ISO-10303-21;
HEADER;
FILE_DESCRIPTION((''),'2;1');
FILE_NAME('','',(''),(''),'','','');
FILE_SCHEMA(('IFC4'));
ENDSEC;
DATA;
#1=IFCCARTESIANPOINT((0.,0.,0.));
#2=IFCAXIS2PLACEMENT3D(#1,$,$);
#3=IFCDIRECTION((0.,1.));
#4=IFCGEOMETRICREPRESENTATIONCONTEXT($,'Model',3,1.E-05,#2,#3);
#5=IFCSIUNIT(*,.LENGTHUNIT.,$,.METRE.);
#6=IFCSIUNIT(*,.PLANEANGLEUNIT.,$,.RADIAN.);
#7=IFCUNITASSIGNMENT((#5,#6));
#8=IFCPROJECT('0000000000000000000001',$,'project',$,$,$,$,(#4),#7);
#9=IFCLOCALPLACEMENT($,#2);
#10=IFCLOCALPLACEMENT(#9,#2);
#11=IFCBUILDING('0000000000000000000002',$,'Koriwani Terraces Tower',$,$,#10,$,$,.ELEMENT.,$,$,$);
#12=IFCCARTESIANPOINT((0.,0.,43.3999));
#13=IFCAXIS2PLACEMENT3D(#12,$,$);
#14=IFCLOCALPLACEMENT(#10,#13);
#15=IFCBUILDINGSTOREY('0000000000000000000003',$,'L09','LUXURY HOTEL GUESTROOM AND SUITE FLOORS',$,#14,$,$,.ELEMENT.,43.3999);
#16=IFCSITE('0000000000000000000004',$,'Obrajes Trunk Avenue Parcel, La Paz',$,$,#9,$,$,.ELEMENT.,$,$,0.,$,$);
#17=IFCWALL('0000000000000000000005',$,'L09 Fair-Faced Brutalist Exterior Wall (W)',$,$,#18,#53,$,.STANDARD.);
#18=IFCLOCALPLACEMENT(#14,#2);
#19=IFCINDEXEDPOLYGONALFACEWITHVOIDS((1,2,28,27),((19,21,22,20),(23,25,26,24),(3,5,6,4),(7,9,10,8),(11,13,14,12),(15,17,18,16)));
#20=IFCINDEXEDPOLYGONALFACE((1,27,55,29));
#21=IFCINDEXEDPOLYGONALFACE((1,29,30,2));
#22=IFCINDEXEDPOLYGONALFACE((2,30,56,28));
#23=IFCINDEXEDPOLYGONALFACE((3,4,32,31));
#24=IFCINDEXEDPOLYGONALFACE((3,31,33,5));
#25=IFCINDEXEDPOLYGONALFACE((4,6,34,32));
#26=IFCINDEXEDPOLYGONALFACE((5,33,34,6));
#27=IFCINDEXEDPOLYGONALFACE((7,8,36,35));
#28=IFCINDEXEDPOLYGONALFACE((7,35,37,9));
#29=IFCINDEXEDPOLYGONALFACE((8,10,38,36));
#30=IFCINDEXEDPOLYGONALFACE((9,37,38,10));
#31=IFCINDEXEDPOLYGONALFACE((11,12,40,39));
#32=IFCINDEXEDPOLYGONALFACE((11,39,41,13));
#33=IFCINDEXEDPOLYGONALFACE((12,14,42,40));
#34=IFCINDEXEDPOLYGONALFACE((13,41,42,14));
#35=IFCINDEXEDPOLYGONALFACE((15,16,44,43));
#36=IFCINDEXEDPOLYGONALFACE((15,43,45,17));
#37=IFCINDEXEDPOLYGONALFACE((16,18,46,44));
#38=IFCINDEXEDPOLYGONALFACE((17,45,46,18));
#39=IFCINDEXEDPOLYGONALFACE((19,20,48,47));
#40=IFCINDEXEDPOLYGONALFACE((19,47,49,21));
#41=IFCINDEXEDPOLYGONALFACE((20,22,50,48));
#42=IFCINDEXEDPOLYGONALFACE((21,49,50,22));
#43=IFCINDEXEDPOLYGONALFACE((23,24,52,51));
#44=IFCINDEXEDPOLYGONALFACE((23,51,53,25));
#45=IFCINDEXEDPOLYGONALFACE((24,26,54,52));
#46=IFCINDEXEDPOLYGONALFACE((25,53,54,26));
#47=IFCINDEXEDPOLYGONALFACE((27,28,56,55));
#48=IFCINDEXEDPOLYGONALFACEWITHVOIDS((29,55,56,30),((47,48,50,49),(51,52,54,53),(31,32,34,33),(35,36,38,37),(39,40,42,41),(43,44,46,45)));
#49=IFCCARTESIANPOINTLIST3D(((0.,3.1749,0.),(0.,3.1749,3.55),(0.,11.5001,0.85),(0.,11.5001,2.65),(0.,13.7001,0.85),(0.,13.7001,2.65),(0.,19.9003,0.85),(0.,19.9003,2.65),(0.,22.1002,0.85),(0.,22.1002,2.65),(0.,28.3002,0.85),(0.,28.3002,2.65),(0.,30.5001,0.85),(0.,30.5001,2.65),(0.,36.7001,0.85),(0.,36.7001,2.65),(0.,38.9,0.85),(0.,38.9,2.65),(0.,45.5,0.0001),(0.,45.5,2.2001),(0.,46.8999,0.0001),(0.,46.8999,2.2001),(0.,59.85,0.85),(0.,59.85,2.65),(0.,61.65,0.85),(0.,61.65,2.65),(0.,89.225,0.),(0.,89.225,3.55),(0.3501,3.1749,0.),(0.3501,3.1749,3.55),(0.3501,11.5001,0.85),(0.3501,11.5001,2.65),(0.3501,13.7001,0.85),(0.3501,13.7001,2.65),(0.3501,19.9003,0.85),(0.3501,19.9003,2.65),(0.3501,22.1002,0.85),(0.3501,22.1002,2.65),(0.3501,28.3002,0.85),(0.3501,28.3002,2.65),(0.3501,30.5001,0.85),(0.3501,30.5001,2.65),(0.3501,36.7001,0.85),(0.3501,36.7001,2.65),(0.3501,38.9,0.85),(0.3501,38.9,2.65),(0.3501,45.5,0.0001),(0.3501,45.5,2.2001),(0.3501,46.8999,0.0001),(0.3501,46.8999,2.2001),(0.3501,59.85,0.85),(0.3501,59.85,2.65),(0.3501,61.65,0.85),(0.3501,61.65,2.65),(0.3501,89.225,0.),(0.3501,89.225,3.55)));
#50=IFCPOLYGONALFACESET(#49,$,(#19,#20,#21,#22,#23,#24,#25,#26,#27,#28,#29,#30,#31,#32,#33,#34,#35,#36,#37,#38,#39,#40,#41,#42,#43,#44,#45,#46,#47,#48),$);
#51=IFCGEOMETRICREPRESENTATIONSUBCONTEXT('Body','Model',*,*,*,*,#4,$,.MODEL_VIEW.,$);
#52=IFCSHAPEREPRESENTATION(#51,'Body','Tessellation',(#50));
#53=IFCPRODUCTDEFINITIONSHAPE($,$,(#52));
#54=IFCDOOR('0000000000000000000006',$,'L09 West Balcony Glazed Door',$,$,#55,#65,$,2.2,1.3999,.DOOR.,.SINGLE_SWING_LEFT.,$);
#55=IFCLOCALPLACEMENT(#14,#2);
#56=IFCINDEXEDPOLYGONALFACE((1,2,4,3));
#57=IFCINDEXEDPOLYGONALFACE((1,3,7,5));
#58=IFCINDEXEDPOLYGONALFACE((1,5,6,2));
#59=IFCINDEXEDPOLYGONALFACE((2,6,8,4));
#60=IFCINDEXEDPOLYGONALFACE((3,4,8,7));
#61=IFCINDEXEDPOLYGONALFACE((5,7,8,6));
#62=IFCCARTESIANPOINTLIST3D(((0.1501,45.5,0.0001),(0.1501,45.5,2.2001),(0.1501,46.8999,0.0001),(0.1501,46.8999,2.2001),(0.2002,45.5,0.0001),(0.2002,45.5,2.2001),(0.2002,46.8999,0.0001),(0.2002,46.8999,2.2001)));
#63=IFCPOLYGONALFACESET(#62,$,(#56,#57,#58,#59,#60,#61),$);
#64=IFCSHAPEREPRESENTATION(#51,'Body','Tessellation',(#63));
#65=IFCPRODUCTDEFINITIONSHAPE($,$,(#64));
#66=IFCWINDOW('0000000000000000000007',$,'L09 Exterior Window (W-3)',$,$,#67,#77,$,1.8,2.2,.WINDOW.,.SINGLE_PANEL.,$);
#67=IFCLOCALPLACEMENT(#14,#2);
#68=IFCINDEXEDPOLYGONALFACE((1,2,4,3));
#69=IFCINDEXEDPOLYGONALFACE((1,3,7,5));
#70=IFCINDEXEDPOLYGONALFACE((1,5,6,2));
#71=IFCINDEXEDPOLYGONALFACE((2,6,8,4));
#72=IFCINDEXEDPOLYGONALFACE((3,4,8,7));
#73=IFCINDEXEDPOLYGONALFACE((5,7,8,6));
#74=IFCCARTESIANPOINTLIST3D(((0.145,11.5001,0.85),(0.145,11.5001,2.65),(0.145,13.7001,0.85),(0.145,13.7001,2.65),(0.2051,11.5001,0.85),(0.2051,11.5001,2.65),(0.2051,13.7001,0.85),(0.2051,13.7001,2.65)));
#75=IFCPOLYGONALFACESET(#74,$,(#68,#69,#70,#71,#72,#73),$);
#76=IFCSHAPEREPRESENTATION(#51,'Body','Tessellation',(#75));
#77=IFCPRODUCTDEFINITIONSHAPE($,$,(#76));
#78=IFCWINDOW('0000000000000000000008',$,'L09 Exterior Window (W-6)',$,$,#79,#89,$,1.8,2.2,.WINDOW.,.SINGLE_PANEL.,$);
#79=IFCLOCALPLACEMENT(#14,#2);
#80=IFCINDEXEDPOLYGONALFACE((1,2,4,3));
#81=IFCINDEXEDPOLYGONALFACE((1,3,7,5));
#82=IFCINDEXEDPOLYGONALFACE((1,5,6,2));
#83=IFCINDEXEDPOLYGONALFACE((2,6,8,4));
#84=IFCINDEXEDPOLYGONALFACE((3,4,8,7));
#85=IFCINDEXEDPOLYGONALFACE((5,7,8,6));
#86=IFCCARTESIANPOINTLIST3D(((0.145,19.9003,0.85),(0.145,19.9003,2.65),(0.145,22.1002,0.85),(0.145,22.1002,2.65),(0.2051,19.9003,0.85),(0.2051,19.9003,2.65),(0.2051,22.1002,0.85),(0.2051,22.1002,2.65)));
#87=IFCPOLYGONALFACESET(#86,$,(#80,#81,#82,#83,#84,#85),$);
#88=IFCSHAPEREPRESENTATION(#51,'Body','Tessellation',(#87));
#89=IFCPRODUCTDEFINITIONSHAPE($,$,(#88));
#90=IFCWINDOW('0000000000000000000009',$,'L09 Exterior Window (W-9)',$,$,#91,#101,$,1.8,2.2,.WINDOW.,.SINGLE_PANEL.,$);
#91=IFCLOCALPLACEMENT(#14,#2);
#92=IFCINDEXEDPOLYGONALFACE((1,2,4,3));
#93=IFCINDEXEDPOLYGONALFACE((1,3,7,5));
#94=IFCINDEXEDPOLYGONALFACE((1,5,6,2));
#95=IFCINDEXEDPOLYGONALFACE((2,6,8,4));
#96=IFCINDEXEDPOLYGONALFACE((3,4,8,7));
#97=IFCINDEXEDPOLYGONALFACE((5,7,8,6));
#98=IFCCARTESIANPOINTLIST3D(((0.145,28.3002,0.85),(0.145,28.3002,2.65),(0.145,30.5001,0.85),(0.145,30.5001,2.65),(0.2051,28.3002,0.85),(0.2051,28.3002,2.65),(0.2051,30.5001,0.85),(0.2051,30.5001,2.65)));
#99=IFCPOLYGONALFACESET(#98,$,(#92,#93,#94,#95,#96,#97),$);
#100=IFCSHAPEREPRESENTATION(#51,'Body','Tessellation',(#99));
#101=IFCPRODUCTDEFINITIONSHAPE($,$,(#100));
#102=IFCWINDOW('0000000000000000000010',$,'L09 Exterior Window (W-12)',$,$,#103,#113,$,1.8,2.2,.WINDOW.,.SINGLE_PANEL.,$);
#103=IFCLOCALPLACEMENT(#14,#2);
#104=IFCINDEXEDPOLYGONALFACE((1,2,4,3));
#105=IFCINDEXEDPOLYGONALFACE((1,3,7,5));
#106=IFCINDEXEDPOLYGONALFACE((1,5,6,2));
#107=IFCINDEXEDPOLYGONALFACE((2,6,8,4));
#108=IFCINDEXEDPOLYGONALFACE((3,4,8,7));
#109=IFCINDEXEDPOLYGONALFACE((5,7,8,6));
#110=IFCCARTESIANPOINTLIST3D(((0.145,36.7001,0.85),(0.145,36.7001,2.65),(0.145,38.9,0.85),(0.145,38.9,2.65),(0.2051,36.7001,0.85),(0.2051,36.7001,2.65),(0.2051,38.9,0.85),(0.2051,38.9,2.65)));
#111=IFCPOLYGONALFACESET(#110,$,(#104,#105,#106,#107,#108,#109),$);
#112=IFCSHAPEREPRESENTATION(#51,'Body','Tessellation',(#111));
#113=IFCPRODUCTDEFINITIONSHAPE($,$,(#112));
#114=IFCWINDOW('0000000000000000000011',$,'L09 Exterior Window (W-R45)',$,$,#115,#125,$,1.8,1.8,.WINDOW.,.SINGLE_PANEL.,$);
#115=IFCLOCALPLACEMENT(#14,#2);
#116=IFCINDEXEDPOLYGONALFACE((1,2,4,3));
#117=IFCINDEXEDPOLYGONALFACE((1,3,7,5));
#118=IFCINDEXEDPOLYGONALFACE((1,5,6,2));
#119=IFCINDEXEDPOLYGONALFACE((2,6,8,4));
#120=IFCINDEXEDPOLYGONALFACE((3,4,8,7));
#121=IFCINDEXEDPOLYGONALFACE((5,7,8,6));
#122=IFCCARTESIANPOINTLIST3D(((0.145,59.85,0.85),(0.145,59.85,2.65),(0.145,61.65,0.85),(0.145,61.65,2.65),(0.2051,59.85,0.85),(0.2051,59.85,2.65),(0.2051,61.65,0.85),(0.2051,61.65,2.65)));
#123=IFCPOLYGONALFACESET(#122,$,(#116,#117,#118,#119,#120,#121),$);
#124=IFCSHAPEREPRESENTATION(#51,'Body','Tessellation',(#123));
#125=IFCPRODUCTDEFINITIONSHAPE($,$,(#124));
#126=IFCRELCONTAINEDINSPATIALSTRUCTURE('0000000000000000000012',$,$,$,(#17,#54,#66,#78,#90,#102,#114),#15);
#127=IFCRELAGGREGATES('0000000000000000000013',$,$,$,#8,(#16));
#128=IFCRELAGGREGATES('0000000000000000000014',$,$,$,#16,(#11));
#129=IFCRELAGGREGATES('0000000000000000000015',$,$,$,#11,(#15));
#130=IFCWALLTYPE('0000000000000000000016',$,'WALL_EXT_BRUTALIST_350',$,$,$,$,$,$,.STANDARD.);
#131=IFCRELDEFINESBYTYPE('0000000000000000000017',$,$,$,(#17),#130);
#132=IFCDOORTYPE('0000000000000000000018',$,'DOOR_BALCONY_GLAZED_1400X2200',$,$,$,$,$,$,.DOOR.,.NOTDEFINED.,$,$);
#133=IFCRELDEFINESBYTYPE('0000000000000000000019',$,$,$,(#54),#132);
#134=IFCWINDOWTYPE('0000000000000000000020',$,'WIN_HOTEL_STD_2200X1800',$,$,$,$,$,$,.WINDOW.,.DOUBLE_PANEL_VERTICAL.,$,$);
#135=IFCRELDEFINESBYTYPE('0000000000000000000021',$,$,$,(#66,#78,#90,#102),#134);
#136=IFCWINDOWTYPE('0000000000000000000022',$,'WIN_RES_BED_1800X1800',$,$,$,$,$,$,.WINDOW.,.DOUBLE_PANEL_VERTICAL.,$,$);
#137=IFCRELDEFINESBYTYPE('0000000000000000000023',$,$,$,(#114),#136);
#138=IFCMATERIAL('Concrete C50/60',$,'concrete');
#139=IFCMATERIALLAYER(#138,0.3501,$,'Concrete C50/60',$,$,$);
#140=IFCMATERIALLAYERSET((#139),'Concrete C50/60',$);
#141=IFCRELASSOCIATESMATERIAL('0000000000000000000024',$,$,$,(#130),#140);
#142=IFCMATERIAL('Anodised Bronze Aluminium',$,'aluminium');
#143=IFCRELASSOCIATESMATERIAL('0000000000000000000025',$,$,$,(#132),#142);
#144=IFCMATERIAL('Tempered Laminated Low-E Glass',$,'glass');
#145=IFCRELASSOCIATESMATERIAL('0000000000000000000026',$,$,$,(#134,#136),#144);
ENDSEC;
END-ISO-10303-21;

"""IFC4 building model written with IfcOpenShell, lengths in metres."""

from ifc_helpers import new_model, si_unit, direction, frame, frame_2d, origin, place, context, subcontext, project, spatial, rectangle, extrude, material, layer, layer_set, type_object, element, fill, save


model = new_model("IFC4")

# Units and contexts
model_context = context("Model", 3, precision=1e-05, world=origin(), true_north=direction((0.0, 1.0)))
body_context = subcontext(model_context, "Body", "Model", "MODEL_VIEW")
ifc_project = project(units=[si_unit("LENGTHUNIT", "METRE"), si_unit("PLANEANGLEUNIT", "RADIAN")], contexts=[model_context])

# Site, building, storey
site_placement = place(None, origin())
site = spatial("IfcSite", under=ifc_project, at=site_placement, Name="Obrajes Trunk Avenue Parcel, La Paz", CompositionType="ELEMENT", RefElevation=0.0)
building_placement = place(site_placement, origin())
building = spatial("IfcBuilding", under=site, at=building_placement, Name="Koriwani Terraces Tower", CompositionType="ELEMENT")
storey_placement = place(building_placement, frame((0.0, 0.0, 43.3999)))
storey = spatial("IfcBuildingStorey", under=building, at=storey_placement, Name="L09", Description="LUXURY HOTEL GUESTROOM AND SUITE FLOORS", CompositionType="ELEMENT", Elevation=43.3999)

# Shared definitions
ifc_material_1 = material(Name="Concrete C50/60", Category="concrete")

# Shared definitions
ifc_layer_1 = layer(ifc_material_1, 0.3501, Name="Concrete C50/60")
ifc_layer_set_1 = layer_set([ifc_layer_1], Name="Concrete C50/60")
wall_type = type_object("IfcWallType", Name="WALL_EXT_BRUTALIST_350", PredefinedType="STANDARD", material=ifc_layer_set_1)

# Wall, openings, door, windows
wall_1_placement = place(storey_placement, frame((0.175, 3.175, 0.0), z_axis=(0.0, 0.0, 1.0), x_axis=(0.0, 1.0, 0.0)))
wall_1 = element("IfcWall", 1, at=wall_1_placement, inside=storey, type_object=wall_type, Name="L09 Fair-Faced Brutalist Exterior Wall (W)", PredefinedType="STANDARD", context=body_context, shape_type="SweptSolid", body=[
    extrude(rectangle(XDim=86.05, YDim=0.3501, at=frame_2d((43.0249, 0.0))), origin(), (0.0, 0.0, 1.0), 3.55),
])
opening_1_placement = place(wall_1_placement, frame((42.325, 0.0, 0.0)))
opening_1 = element("IfcOpeningElement", 2, at=opening_1_placement, cuts=wall_1, PredefinedType="OPENING", context=body_context, shape_type="SweptSolid", body=[
    extrude(rectangle(XDim=1.3999, YDim=2.2, at=frame_2d((0.7, 1.1001))), frame((0.0, 0.1851, 0.0), z_axis=(0.0, -1.0, 0.0), x_axis=(1.0, 0.0, 0.0)), (0.0, 0.0, 1.0), 0.3701),
])
opening_2_placement = place(wall_1_placement, frame((8.325, 0.0, 0.8501)))
opening_2 = element("IfcOpeningElement", 3, at=opening_2_placement, cuts=wall_1, PredefinedType="OPENING", context=body_context, shape_type="SweptSolid", body=[
    extrude(rectangle(XDim=2.2, YDim=1.8, at=frame_2d((1.1001, 0.8999))), frame((0.0, 0.1851, 0.0), z_axis=(0.0, -1.0, 0.0), x_axis=(1.0, 0.0, 0.0)), (0.0, 0.0, 1.0), 0.3701),
])
opening_3_placement = place(wall_1_placement, frame((16.7251, 0.0, 0.8501)))
opening_3 = element("IfcOpeningElement", 4, at=opening_3_placement, cuts=wall_1, PredefinedType="OPENING", context=body_context, shape_type="SweptSolid", body=[
    extrude(rectangle(XDim=2.2, YDim=1.8, at=frame_2d((1.1001, 0.8999))), frame((0.0, 0.1851, 0.0), z_axis=(0.0, -1.0, 0.0), x_axis=(1.0, 0.0, 0.0)), (0.0, 0.0, 1.0), 0.3701),
])
opening_4_placement = place(wall_1_placement, frame((25.125, 0.0, 0.8501)))
opening_4 = element("IfcOpeningElement", 5, at=opening_4_placement, cuts=wall_1, PredefinedType="OPENING", context=body_context, shape_type="SweptSolid", body=[
    extrude(rectangle(XDim=2.2, YDim=1.8, at=frame_2d((1.1001, 0.8999))), frame((0.0, 0.1851, 0.0), z_axis=(0.0, -1.0, 0.0), x_axis=(1.0, 0.0, 0.0)), (0.0, 0.0, 1.0), 0.3701),
])
opening_5_placement = place(wall_1_placement, frame((33.5249, 0.0, 0.8501)))
opening_5 = element("IfcOpeningElement", 6, at=opening_5_placement, cuts=wall_1, PredefinedType="OPENING", context=body_context, shape_type="SweptSolid", body=[
    extrude(rectangle(XDim=2.2, YDim=1.8, at=frame_2d((1.1001, 0.8999))), frame((0.0, 0.1851, 0.0), z_axis=(0.0, -1.0, 0.0), x_axis=(1.0, 0.0, 0.0)), (0.0, 0.0, 1.0), 0.3701),
])
opening_6_placement = place(wall_1_placement, frame((56.675, 0.0, 0.8501)))
opening_6 = element("IfcOpeningElement", 7, at=opening_6_placement, cuts=wall_1, PredefinedType="OPENING", context=body_context, shape_type="SweptSolid", body=[
    extrude(rectangle(XDim=1.8, YDim=1.8, at=frame_2d((0.8999, 0.8999))), frame((0.0, 0.1851, 0.0), z_axis=(0.0, -1.0, 0.0), x_axis=(1.0, 0.0, 0.0)), (0.0, 0.0, 1.0), 0.3701),
])
ifc_material_2 = material(Name="Anodised Bronze Aluminium", Category="aluminium")
door_type = type_object("IfcDoorType", Name="DOOR_BALCONY_GLAZED_1400X2200", OperationType="NOTDEFINED", PredefinedType="DOOR", material=ifc_material_2)
door_placement = place(opening_1_placement, origin())
door = element("IfcDoor", 8, at=door_placement, inside=storey, type_object=door_type, Name="L09 West Balcony Glazed Door", OperationType="SINGLE_SWING_LEFT", OverallHeight=2.2, OverallWidth=1.3999, PredefinedType="DOOR", context=body_context, shape_type="SweptSolid", body=[
    extrude(rectangle(XDim=1.3999, YDim=2.2, at=frame_2d((0.7, 1.1001))), frame((0.0, 0.0249, 0.0), z_axis=(0.0, -1.0, 0.0), x_axis=(1.0, 0.0, 0.0)), (0.0, 0.0, 1.0), 0.05),
])
fill(opening_1, door)
ifc_material_3 = material(Name="Tempered Laminated Low-E Glass", Category="glass")
window_type_1 = type_object("IfcWindowType", Name="WIN_HOTEL_STD_2200X1800", PartitioningType="DOUBLE_PANEL_VERTICAL", PredefinedType="WINDOW", material=ifc_material_3)
window_1_placement = place(opening_2_placement, origin())
window_1 = element("IfcWindow", 9, at=window_1_placement, inside=storey, type_object=window_type_1, Name="L09 Exterior Window (W-3)", OverallHeight=1.8, OverallWidth=2.2, PartitioningType="SINGLE_PANEL", PredefinedType="WINDOW", context=body_context, shape_type="SweptSolid", body=[
    extrude(rectangle(XDim=2.2, YDim=1.8, at=frame_2d((1.1001, 0.8999))), frame((0.0, 0.03, 0.0), z_axis=(0.0, -1.0, 0.0), x_axis=(1.0, 0.0, 0.0)), (0.0, 0.0, 1.0), 0.0601),
])
fill(opening_2, window_1)
window_2_placement = place(opening_3_placement, origin())
window_2 = element("IfcWindow", 10, at=window_2_placement, inside=storey, type_object=window_type_1, Name="L09 Exterior Window (W-6)", OverallHeight=1.8, OverallWidth=2.2, PartitioningType="SINGLE_PANEL", PredefinedType="WINDOW", context=body_context, shape_type="SweptSolid", body=[
    extrude(rectangle(XDim=2.2, YDim=1.8, at=frame_2d((1.1001, 0.8999))), frame((0.0, 0.03, 0.0), z_axis=(0.0, -1.0, 0.0), x_axis=(1.0, 0.0, 0.0)), (0.0, 0.0, 1.0), 0.0601),
])
fill(opening_3, window_2)
window_3_placement = place(opening_4_placement, origin())
window_3 = element("IfcWindow", 11, at=window_3_placement, inside=storey, type_object=window_type_1, Name="L09 Exterior Window (W-9)", OverallHeight=1.8, OverallWidth=2.2, PartitioningType="SINGLE_PANEL", PredefinedType="WINDOW", context=body_context, shape_type="SweptSolid", body=[
    extrude(rectangle(XDim=2.2, YDim=1.8, at=frame_2d((1.1001, 0.8999))), frame((0.0, 0.03, 0.0), z_axis=(0.0, -1.0, 0.0), x_axis=(1.0, 0.0, 0.0)), (0.0, 0.0, 1.0), 0.0601),
])
fill(opening_4, window_3)
window_4_placement = place(opening_5_placement, origin())
window_4 = element("IfcWindow", 12, at=window_4_placement, inside=storey, type_object=window_type_1, Name="L09 Exterior Window (W-12)", OverallHeight=1.8, OverallWidth=2.2, PartitioningType="SINGLE_PANEL", PredefinedType="WINDOW", context=body_context, shape_type="SweptSolid", body=[
    extrude(rectangle(XDim=2.2, YDim=1.8, at=frame_2d((1.1001, 0.8999))), frame((0.0, 0.03, 0.0), z_axis=(0.0, -1.0, 0.0), x_axis=(1.0, 0.0, 0.0)), (0.0, 0.0, 1.0), 0.0601),
])
fill(opening_5, window_4)
window_type_2 = type_object("IfcWindowType", Name="WIN_RES_BED_1800X1800", PartitioningType="DOUBLE_PANEL_VERTICAL", PredefinedType="WINDOW", material=ifc_material_3)
window_5_placement = place(opening_6_placement, origin())
window_5 = element("IfcWindow", 13, at=window_5_placement, inside=storey, type_object=window_type_2, Name="L09 Exterior Window (W-R45)", OverallHeight=1.8, OverallWidth=1.8, PartitioningType="SINGLE_PANEL", PredefinedType="WINDOW", context=body_context, shape_type="SweptSolid", body=[
    extrude(rectangle(XDim=1.8, YDim=1.8, at=frame_2d((0.8999, 0.8999))), frame((0.0, 0.03, 0.0), z_axis=(0.0, -1.0, 0.0), x_axis=(1.0, 0.0, 0.0)), (0.0, 0.0, 1.0), 0.0601),
])
fill(opening_6, window_5)

save(model, "model.ifc")
